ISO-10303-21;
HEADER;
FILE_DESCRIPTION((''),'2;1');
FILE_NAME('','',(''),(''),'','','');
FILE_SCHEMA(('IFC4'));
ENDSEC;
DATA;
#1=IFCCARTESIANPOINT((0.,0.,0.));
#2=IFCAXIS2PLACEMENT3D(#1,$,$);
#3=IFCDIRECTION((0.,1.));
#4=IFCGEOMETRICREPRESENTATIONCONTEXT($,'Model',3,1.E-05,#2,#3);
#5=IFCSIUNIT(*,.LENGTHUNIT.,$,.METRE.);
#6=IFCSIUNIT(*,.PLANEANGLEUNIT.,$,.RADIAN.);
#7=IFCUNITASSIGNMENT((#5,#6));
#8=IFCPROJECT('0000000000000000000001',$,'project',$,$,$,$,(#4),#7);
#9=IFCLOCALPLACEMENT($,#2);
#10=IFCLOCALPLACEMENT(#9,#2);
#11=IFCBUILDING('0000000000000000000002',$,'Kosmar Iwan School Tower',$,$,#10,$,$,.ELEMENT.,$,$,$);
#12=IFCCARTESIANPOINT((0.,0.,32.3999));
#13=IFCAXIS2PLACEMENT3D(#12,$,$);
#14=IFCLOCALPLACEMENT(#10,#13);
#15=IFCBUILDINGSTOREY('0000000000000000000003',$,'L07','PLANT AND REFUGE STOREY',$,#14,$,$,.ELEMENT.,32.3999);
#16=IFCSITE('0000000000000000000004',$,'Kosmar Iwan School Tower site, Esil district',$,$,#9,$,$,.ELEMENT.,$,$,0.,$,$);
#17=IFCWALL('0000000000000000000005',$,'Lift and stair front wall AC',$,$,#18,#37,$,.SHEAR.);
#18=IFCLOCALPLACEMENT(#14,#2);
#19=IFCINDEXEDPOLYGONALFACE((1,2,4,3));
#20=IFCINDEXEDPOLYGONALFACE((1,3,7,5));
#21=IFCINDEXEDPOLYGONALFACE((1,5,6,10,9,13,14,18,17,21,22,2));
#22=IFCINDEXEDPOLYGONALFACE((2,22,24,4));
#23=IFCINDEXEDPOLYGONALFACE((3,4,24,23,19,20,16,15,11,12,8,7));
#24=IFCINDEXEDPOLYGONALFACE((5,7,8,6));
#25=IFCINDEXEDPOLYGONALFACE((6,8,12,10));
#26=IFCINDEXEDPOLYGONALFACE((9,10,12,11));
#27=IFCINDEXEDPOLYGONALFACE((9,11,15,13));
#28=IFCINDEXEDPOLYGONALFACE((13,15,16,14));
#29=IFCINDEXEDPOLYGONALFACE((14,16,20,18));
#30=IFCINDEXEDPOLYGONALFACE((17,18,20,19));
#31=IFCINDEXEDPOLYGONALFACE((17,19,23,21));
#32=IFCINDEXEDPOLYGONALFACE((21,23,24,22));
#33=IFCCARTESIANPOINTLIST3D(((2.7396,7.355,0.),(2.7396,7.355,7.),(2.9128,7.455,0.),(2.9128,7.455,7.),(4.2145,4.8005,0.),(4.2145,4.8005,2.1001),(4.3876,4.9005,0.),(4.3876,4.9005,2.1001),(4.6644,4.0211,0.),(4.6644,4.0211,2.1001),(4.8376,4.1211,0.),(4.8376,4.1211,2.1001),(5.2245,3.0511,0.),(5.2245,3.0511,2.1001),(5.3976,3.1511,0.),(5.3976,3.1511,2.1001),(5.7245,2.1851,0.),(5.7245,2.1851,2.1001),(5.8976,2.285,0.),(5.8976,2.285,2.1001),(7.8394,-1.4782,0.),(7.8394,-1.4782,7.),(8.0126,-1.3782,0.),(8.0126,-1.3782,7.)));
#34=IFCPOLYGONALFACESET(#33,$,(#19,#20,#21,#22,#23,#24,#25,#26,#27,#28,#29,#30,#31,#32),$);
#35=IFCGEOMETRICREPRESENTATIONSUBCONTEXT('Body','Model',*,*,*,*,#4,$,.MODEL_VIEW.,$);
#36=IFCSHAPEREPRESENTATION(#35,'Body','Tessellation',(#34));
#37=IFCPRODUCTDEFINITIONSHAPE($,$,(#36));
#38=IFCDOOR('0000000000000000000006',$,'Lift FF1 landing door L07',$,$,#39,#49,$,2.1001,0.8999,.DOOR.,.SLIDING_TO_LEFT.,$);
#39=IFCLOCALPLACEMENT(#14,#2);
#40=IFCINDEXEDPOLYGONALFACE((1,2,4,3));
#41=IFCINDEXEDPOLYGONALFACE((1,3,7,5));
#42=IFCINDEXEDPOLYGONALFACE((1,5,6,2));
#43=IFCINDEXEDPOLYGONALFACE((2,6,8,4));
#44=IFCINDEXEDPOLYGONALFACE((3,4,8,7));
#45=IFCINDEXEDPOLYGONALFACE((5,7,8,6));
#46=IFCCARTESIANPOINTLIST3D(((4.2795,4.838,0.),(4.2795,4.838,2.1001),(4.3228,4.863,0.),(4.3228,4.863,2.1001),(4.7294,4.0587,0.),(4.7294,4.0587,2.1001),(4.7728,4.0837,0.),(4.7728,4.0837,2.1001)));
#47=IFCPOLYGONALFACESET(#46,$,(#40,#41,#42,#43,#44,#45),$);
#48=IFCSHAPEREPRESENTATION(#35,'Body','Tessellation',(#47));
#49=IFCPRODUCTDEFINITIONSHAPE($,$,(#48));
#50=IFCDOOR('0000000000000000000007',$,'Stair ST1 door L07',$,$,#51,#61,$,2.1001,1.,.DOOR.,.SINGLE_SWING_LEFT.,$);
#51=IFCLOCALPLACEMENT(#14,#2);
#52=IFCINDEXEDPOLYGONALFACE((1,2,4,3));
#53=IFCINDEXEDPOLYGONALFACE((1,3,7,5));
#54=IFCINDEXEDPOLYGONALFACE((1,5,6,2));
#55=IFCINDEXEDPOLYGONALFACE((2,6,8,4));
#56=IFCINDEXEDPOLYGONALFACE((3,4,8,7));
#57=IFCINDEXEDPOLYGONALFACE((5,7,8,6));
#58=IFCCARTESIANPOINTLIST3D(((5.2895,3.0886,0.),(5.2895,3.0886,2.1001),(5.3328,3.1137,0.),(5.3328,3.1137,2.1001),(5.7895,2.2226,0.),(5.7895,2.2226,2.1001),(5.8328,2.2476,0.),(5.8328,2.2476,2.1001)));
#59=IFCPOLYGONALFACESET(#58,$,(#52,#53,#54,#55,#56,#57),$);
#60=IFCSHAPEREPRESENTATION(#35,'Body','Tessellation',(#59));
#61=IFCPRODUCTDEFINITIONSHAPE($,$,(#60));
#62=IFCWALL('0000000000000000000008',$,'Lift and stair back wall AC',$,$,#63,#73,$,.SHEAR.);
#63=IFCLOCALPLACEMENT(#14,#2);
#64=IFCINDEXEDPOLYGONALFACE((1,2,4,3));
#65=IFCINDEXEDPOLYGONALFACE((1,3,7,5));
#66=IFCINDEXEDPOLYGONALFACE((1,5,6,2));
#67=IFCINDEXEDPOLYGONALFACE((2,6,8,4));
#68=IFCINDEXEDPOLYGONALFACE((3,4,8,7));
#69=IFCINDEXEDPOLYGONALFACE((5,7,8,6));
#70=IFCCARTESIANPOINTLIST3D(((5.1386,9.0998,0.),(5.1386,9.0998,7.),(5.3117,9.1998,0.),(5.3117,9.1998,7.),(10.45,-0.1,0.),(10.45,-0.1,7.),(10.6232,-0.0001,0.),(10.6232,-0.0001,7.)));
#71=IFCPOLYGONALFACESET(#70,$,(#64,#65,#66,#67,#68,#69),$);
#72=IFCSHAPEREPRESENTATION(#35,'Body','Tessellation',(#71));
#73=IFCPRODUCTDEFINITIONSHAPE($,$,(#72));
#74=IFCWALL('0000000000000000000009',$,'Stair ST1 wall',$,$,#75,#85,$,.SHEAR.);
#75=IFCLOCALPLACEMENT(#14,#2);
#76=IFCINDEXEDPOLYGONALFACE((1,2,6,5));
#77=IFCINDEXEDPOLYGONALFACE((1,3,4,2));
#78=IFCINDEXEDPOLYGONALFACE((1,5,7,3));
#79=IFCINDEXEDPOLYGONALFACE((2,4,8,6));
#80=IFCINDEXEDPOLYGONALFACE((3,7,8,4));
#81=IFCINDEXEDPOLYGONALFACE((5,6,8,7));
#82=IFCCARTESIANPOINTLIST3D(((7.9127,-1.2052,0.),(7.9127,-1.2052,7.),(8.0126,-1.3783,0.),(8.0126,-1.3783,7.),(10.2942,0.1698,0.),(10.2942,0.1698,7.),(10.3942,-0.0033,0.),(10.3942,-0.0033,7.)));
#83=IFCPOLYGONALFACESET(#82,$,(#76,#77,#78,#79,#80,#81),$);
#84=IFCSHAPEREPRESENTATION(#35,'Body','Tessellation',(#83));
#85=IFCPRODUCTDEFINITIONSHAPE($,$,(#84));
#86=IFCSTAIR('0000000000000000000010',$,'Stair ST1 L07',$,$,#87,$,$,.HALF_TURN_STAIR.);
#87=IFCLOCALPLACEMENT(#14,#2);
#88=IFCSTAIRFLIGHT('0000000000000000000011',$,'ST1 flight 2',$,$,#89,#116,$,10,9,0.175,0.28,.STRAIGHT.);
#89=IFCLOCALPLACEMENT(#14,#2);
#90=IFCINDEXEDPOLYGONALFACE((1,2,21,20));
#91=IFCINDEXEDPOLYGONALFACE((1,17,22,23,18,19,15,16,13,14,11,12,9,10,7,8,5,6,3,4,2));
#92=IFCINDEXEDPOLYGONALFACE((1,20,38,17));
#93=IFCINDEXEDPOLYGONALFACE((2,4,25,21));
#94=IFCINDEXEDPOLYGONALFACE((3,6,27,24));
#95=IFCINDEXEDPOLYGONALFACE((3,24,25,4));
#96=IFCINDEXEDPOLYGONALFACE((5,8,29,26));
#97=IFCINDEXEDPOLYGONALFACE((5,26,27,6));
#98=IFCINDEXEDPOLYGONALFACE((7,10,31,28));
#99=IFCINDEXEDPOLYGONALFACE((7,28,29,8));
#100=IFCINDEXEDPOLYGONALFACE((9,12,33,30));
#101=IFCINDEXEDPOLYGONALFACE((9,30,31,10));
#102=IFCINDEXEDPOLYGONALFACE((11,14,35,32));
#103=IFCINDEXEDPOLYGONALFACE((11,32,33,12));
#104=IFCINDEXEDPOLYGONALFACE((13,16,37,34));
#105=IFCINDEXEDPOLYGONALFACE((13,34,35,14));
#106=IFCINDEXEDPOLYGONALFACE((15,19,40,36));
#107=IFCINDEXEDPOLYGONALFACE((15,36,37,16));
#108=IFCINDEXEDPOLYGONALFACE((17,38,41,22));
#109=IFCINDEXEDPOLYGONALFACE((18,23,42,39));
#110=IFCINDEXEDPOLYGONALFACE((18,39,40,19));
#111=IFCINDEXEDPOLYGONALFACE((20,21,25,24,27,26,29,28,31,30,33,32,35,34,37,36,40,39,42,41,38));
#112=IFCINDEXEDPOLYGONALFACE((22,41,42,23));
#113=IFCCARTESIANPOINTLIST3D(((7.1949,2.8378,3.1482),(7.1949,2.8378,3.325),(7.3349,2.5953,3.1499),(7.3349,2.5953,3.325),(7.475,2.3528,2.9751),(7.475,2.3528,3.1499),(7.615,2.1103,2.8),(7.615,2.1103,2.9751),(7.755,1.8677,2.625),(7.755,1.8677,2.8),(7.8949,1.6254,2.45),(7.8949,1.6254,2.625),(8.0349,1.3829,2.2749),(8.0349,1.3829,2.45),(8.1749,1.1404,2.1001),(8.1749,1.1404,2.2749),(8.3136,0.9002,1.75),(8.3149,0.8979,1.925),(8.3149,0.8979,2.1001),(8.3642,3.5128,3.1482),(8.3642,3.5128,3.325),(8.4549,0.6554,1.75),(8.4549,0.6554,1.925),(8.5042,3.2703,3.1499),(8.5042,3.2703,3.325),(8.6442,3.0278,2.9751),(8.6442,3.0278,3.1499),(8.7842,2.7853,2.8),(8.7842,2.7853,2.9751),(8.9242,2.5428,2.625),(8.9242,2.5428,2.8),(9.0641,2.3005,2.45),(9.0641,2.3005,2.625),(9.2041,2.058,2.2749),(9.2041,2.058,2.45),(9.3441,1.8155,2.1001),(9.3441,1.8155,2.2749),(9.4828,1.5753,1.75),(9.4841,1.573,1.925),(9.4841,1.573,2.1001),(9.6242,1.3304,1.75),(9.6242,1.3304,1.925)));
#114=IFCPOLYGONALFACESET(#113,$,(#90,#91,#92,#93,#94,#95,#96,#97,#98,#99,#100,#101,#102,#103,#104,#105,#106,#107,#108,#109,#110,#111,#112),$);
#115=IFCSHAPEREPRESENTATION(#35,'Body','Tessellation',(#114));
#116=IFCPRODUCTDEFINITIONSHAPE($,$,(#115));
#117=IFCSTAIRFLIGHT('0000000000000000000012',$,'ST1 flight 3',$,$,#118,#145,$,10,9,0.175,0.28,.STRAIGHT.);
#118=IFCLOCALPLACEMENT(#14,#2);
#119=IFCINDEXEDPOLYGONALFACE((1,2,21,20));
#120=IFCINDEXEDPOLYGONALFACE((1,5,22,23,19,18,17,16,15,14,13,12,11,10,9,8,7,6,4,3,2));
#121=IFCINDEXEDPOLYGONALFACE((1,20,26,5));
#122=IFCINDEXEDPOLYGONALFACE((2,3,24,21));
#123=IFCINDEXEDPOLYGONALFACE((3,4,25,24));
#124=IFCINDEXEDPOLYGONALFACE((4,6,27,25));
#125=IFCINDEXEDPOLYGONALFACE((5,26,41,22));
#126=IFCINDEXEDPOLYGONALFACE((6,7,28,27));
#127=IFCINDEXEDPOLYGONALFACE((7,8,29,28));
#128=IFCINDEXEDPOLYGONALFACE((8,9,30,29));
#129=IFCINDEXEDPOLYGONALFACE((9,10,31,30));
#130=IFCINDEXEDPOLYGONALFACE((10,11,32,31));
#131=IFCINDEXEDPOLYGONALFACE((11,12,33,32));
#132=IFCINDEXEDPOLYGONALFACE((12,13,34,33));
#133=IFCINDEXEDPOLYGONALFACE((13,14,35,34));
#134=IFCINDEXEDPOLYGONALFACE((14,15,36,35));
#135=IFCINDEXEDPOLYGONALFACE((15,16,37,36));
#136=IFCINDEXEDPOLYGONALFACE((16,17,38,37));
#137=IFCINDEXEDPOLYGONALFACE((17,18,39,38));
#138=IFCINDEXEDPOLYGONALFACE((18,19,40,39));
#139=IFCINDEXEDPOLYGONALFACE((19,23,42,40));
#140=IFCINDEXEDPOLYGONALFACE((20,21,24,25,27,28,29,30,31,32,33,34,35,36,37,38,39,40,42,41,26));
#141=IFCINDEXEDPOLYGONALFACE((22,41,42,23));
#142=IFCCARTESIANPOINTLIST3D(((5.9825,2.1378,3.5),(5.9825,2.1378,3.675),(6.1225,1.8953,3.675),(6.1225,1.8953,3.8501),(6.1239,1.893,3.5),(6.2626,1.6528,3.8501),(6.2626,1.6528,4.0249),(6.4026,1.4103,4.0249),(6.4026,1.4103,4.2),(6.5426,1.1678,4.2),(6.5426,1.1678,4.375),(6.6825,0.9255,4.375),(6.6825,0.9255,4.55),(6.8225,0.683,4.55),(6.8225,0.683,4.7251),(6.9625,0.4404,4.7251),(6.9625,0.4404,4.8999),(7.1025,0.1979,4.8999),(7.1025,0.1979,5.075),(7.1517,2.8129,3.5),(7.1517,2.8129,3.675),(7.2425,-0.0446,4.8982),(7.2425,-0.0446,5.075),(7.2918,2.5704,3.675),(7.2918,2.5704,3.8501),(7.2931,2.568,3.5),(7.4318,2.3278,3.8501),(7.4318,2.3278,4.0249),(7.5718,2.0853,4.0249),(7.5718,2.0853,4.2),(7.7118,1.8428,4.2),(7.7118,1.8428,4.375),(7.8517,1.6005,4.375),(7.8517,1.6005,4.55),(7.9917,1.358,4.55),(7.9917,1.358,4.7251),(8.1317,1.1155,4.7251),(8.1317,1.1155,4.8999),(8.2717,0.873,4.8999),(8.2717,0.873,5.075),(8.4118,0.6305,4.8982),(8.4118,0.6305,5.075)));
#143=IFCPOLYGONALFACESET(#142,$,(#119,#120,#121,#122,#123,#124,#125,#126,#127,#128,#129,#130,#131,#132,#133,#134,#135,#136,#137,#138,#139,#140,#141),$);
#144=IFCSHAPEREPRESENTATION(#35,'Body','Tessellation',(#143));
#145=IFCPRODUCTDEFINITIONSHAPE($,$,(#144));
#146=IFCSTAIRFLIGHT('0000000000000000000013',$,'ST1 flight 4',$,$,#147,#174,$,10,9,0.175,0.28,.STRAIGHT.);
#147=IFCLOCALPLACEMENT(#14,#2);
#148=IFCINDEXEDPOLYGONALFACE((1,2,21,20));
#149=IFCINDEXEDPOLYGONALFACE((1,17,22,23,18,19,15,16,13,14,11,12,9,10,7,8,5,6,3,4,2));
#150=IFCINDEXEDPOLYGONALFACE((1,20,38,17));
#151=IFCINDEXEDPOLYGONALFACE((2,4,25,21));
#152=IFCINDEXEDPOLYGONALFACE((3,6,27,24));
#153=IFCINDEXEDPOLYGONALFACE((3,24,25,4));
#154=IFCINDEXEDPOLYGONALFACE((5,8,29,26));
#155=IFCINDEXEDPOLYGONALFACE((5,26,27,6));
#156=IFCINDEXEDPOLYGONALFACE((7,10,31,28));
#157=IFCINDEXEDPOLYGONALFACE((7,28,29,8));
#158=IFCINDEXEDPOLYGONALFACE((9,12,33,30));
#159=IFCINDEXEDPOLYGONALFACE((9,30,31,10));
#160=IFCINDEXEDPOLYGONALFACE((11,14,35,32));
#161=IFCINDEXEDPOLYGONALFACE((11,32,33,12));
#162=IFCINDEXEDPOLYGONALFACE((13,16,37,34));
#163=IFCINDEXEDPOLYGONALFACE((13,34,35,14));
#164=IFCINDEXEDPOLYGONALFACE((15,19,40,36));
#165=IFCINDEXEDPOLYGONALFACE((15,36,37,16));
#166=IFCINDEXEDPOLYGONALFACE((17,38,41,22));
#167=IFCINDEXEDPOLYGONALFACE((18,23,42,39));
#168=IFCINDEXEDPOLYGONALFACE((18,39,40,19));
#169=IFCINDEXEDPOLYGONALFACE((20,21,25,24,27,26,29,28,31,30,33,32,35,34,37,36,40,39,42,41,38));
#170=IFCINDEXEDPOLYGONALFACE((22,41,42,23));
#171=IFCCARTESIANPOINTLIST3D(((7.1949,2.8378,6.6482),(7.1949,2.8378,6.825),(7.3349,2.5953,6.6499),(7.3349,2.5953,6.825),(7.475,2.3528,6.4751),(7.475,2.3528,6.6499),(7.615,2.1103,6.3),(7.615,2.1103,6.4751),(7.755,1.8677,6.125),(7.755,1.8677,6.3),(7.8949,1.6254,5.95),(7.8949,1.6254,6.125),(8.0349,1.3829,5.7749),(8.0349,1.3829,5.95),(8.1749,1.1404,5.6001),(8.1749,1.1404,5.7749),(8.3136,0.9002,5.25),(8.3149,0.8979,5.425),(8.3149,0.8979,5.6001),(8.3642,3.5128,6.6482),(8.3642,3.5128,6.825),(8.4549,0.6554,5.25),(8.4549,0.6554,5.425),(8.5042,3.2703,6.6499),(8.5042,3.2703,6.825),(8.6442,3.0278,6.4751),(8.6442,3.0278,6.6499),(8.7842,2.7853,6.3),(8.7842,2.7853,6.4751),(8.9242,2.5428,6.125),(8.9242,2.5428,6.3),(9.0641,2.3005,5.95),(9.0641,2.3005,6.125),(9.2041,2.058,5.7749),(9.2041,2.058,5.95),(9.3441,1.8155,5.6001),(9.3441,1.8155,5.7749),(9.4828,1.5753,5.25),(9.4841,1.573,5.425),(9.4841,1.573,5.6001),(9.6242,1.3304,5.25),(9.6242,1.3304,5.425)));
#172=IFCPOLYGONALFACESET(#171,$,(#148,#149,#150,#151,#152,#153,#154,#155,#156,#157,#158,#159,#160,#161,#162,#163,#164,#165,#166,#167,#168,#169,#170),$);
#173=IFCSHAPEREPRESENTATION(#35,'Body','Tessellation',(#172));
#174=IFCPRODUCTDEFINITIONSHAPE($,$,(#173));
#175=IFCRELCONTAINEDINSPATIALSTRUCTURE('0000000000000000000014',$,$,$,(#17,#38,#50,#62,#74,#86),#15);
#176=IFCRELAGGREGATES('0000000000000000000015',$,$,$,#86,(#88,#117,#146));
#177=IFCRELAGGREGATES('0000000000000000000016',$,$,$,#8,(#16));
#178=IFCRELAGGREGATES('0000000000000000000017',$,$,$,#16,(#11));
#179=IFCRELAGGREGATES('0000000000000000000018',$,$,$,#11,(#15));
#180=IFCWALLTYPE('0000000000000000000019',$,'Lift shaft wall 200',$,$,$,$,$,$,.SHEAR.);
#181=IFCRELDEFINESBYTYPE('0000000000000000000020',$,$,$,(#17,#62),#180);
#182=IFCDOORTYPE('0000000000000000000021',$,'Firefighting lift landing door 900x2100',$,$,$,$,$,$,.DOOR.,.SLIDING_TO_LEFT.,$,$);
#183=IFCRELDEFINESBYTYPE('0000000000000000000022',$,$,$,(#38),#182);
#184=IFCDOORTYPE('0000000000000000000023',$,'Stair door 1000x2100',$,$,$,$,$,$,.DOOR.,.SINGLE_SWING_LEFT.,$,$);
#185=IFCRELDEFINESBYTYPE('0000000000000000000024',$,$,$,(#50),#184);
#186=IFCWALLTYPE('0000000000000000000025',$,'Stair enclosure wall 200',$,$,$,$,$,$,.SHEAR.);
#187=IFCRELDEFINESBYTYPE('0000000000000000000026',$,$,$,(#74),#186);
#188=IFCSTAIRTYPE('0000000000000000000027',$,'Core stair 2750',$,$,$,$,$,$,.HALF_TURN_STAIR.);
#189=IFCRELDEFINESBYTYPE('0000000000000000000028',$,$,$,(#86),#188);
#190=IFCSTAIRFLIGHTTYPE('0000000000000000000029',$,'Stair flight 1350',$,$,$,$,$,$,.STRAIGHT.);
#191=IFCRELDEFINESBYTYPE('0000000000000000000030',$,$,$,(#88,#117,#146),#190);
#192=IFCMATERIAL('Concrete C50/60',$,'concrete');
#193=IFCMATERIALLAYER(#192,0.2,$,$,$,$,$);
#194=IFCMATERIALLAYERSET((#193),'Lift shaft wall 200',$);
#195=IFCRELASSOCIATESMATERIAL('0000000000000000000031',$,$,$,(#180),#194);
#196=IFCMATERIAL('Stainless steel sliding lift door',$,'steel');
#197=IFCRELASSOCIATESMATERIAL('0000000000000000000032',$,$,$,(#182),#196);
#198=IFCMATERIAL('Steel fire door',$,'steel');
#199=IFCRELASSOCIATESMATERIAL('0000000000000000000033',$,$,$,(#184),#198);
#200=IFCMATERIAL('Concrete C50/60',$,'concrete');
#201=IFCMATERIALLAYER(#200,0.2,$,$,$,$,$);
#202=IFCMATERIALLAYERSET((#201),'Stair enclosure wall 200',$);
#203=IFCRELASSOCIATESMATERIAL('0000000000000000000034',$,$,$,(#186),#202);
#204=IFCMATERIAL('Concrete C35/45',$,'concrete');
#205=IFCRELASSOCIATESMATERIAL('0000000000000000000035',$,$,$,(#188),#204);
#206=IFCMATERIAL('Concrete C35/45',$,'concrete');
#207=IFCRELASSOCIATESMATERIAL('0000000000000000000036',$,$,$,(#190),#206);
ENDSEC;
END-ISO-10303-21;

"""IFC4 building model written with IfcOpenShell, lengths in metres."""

from ifc_helpers import new_model, si_unit, direction, frame, frame_2d, origin, place, context, subcontext, project, spatial, polyline, rectangle, outline, extrude, material, layer, layer_set, type_object, element, fill, aggregate, save


model = new_model("IFC4")

# Units and contexts
model_context = context("Model", 3, precision=1e-05, world=origin(), true_north=direction((0.0, 1.0)))
body_context = subcontext(model_context, "Body", "Model", "MODEL_VIEW")
ifc_project = project(units=[si_unit("LENGTHUNIT", "METRE"), si_unit("PLANEANGLEUNIT", "RADIAN")], contexts=[model_context])

# Site, building, storey
site_placement = place(None, origin())
site = spatial("IfcSite", under=ifc_project, at=site_placement, Name="Kosmar Iwan School Tower site, Esil district", CompositionType="ELEMENT", RefElevation=0.0)
building_placement = place(site_placement, origin())
building = spatial("IfcBuilding", under=site, at=building_placement, Name="Kosmar Iwan School Tower", CompositionType="ELEMENT")
storey_placement = place(building_placement, frame((0.0, 0.0, 32.3999)))
storey = spatial("IfcBuildingStorey", under=building, at=storey_placement, Name="L07", Description="PLANT AND REFUGE STOREY", CompositionType="ELEMENT", Elevation=32.3999)

# Wall, openings, doors
ifc_material_1 = material(Name="Concrete C50/60", Category="concrete")
ifc_layer_1 = layer(ifc_material_1, 0.2)
ifc_layer_set_1 = layer_set([ifc_layer_1], Name="Lift shaft wall 200")
wall_type_1 = type_object("IfcWallType", Name="Lift shaft wall 200", PredefinedType="SHEAR", material=ifc_layer_set_1)
wall_1_placement = place(storey_placement, frame((7.926, -1.4282, 0.0), z_axis=(0.0, 0.0, 1.0), x_axis=(-0.499998, 0.866027, 0.0)))
wall_1 = element("IfcWall", 1, at=wall_1_placement, inside=storey, type_object=wall_type_1, Name="Lift and stair front wall AC", PredefinedType="SHEAR", context=body_context, shape_type="SweptSolid", body=[
    extrude(rectangle(XDim=10.1997, YDim=0.2, at=frame_2d((5.0999, 0.0))), origin(), (0.0, 0.0, 1.0), 7.0),
])
opening_1_placement = place(wall_1_placement, frame((6.3501, 0.0, 0.0)))
opening_1 = element("IfcOpeningElement", 2, at=opening_1_placement, cuts=wall_1, PredefinedType="OPENING", context=body_context, shape_type="SweptSolid", body=[
    extrude(rectangle(XDim=0.8999, YDim=2.1001, at=frame_2d((0.45, 1.05))), frame((0.0, 0.1121, 0.0), z_axis=(0.0, -1.0, 0.0), x_axis=(1.0, 0.0, 0.0)), (0.0, 0.0, 1.0), 0.2239),
])
opening_2_placement = place(wall_1_placement, frame((4.23, 0.0, 0.0)))
opening_2 = element("IfcOpeningElement", 3, at=opening_2_placement, cuts=wall_1, PredefinedType="OPENING", context=body_context, shape_type="SweptSolid", body=[
    extrude(rectangle(XDim=1.0, YDim=2.1001, at=frame_2d((0.5, 1.05))), frame((0.0, 0.1121, 0.0), z_axis=(0.0, -1.0, 0.0), x_axis=(1.0, 0.0, 0.0)), (0.0, 0.0, 1.0), 0.2239),
])
ifc_material_2 = material(Name="Stainless steel sliding lift door", Category="steel")
door_type_1 = type_object("IfcDoorType", Name="Firefighting lift landing door 900x2100", OperationType="SLIDING_TO_LEFT", PredefinedType="DOOR", material=ifc_material_2)
door_1_placement = place(opening_1_placement, origin())
door_1 = element("IfcDoor", 4, at=door_1_placement, inside=storey, type_object=door_type_1, Name="Lift FF1 landing door L07", OperationType="SLIDING_TO_LEFT", OverallHeight=2.1001, OverallWidth=0.8999, PredefinedType="DOOR", context=body_context, shape_type="SweptSolid", body=[
    extrude(rectangle(XDim=0.8999, YDim=2.1001, at=frame_2d((0.45, 1.05))), frame((0.0, 0.0249, 0.0), z_axis=(0.0, -1.0, 0.0), x_axis=(1.0, 0.0, 0.0)), (0.0, 0.0, 1.0), 0.05),
])
fill(opening_1, door_1)
ifc_material_3 = material(Name="Steel fire door", Category="steel")
door_type_2 = type_object("IfcDoorType", Name="Stair door 1000x2100", OperationType="SINGLE_SWING_LEFT", PredefinedType="DOOR", material=ifc_material_3)
door_2_placement = place(opening_2_placement, origin())
door_2 = element("IfcDoor", 5, at=door_2_placement, inside=storey, type_object=door_type_2, Name="Stair ST1 door L07", OperationType="SINGLE_SWING_LEFT", OverallHeight=2.1001, OverallWidth=1.0, PredefinedType="DOOR", context=body_context, shape_type="SweptSolid", body=[
    extrude(rectangle(XDim=1.0, YDim=2.1001, at=frame_2d((0.5, 1.05))), frame((0.0, 0.0249, 0.0), z_axis=(0.0, -1.0, 0.0), x_axis=(1.0, 0.0, 0.0)), (0.0, 0.0, 1.0), 0.05),
])
fill(opening_2, door_2)

# Walls
wall_2_placement = place(storey_placement, frame((10.5366, -0.05, 0.0), z_axis=(0.0, 0.0, 1.0), x_axis=(-0.499995, 0.866028, 0.0)))
element("IfcWall", 6, at=wall_2_placement, inside=storey, type_object=wall_type_1, Name="Lift and stair back wall AC", PredefinedType="SHEAR", context=body_context, shape_type="SweptSolid", body=[
    extrude(rectangle(XDim=10.623, YDim=0.2, at=frame_2d((5.3115, 0.0))), origin(), (0.0, 0.0, 1.0), 7.0),
])
ifc_material_4 = material(Name="Concrete C50/60", Category="concrete")
ifc_layer_2 = layer(ifc_material_4, 0.2)
ifc_layer_set_2 = layer_set([ifc_layer_2], Name="Stair enclosure wall 200")
wall_type_2 = type_object("IfcWallType", Name="Stair enclosure wall 200", PredefinedType="SHEAR", material=ifc_layer_set_2)
wall_3_placement = place(storey_placement, frame((7.9626, -1.2917, 0.0), z_axis=(0.0, 0.0, 1.0), x_axis=(0.866027, 0.499997, 0.0)))
element("IfcWall", 7, at=wall_3_placement, inside=storey, type_object=wall_type_2, Name="Stair ST1 wall", PredefinedType="SHEAR", context=body_context, shape_type="SweptSolid", body=[
    extrude(rectangle(XDim=2.75, YDim=0.2, at=frame_2d((1.375, 0.0))), origin(), (0.0, 0.0, 1.0), 7.0),
])

# Stair, stair flights
ifc_material_5 = material(Name="Concrete C35/45", Category="concrete")
stair_type = type_object("IfcStairType", Name="Core stair 2750", PredefinedType="HALF_TURN_STAIR", material=ifc_material_5)
stair_placement = place(storey_placement, origin())
stair = element("IfcStair", 8, at=stair_placement, inside=storey, type_object=stair_type, Name="Stair ST1 L07", PredefinedType="HALF_TURN_STAIR")
ifc_material_6 = material(Name="Concrete C35/45", Category="concrete")
stair_flight_type = type_object("IfcStairFlightType", Name="Stair flight 1350", PredefinedType="STRAIGHT", material=ifc_material_6)
stair_flight_1_placement = place(storey_placement, frame((9.0396, 0.9929, 1.75), z_axis=(0.0, 0.0, 1.0), x_axis=(-0.5, 0.866025, 0.0)))
stair_flight_1 = element("IfcStairFlight", 9, at=stair_flight_1_placement, type_object=stair_flight_type, Name="ST1 flight 2", NumberOfRisers=10, NumberOfTreads=9, PredefinedType="STRAIGHT", RiserHeight=0.175, TreadLength=0.28, context=body_context, shape_type="SweptSolid", body=[
    extrude(outline(polyline([(0.0, 0.0), (0.0, 0.175), (0.28, 0.175), (0.28, 0.3501), (0.5601, 0.3501), (0.5601, 0.5249), (0.8401, 0.5249), (0.8401, 0.7), (1.1201, 0.7), (1.1201, 0.875), (1.3999, 0.875), (1.3999, 1.05), (1.6799, 1.05), (1.6799, 1.2251), (1.96, 1.2251), (1.96, 1.3999), (2.24, 1.3999), (2.24, 1.575), (2.52, 1.575), (2.52, 1.75), (2.52, 1.3982), (0.2827, 0.0), (0.0, 0.0)])), frame((0.0, 0.675, 0.0), z_axis=(0.0, -1.0, 0.0), x_axis=(1.0, 0.0, 0.0)), (0.0, 0.0, 1.0), 1.3501),
])
stair_flight_2_placement = place(storey_placement, frame((6.5671, 2.4753, 3.5), z_axis=(0.0, 0.0, 1.0), x_axis=(0.5, -0.866025, 0.0)))
stair_flight_2 = element("IfcStairFlight", 10, at=stair_flight_2_placement, type_object=stair_flight_type, Name="ST1 flight 3", NumberOfRisers=10, NumberOfTreads=9, PredefinedType="STRAIGHT", RiserHeight=0.175, TreadLength=0.28, context=body_context, shape_type="SweptSolid", body=[
    extrude(outline(polyline([(0.0, 0.0), (0.0, 0.175), (0.28, 0.175), (0.28, 0.3501), (0.5601, 0.3501), (0.5601, 0.5249), (0.8401, 0.5249), (0.8401, 0.7), (1.1201, 0.7), (1.1201, 0.875), (1.3999, 0.875), (1.3999, 1.05), (1.6799, 1.05), (1.6799, 1.2251), (1.96, 1.2251), (1.96, 1.3999), (2.24, 1.3999), (2.24, 1.575), (2.52, 1.575), (2.52, 1.75), (2.52, 1.3982), (0.2827, 0.0), (0.0, 0.0)])), frame((0.0, 0.675, 0.0), z_axis=(0.0, -1.0, 0.0), x_axis=(1.0, 0.0, 0.0)), (0.0, 0.0, 1.0), 1.3501),
])
stair_flight_3_placement = place(storey_placement, frame((9.0396, 0.9929, 5.25), z_axis=(0.0, 0.0, 1.0), x_axis=(-0.5, 0.866025, 0.0)))
stair_flight_3 = element("IfcStairFlight", 11, at=stair_flight_3_placement, type_object=stair_flight_type, Name="ST1 flight 4", NumberOfRisers=10, NumberOfTreads=9, PredefinedType="STRAIGHT", RiserHeight=0.175, TreadLength=0.28, context=body_context, shape_type="SweptSolid", body=[
    extrude(outline(polyline([(0.0, 0.0), (0.0, 0.175), (0.28, 0.175), (0.28, 0.3501), (0.5601, 0.3501), (0.5601, 0.5249), (0.8401, 0.5249), (0.8401, 0.7), (1.1201, 0.7), (1.1201, 0.875), (1.3999, 0.875), (1.3999, 1.05), (1.6799, 1.05), (1.6799, 1.2251), (1.96, 1.2251), (1.96, 1.3999), (2.24, 1.3999), (2.24, 1.575), (2.52, 1.575), (2.52, 1.75), (2.52, 1.3982), (0.2827, 0.0), (0.0, 0.0)])), frame((0.0, 0.675, 0.0), z_axis=(0.0, -1.0, 0.0), x_axis=(1.0, 0.0, 0.0)), (0.0, 0.0, 1.0), 1.3501),
])
aggregate(stair, [stair_flight_1, stair_flight_2, stair_flight_3])

save(model, "model.ifc")
